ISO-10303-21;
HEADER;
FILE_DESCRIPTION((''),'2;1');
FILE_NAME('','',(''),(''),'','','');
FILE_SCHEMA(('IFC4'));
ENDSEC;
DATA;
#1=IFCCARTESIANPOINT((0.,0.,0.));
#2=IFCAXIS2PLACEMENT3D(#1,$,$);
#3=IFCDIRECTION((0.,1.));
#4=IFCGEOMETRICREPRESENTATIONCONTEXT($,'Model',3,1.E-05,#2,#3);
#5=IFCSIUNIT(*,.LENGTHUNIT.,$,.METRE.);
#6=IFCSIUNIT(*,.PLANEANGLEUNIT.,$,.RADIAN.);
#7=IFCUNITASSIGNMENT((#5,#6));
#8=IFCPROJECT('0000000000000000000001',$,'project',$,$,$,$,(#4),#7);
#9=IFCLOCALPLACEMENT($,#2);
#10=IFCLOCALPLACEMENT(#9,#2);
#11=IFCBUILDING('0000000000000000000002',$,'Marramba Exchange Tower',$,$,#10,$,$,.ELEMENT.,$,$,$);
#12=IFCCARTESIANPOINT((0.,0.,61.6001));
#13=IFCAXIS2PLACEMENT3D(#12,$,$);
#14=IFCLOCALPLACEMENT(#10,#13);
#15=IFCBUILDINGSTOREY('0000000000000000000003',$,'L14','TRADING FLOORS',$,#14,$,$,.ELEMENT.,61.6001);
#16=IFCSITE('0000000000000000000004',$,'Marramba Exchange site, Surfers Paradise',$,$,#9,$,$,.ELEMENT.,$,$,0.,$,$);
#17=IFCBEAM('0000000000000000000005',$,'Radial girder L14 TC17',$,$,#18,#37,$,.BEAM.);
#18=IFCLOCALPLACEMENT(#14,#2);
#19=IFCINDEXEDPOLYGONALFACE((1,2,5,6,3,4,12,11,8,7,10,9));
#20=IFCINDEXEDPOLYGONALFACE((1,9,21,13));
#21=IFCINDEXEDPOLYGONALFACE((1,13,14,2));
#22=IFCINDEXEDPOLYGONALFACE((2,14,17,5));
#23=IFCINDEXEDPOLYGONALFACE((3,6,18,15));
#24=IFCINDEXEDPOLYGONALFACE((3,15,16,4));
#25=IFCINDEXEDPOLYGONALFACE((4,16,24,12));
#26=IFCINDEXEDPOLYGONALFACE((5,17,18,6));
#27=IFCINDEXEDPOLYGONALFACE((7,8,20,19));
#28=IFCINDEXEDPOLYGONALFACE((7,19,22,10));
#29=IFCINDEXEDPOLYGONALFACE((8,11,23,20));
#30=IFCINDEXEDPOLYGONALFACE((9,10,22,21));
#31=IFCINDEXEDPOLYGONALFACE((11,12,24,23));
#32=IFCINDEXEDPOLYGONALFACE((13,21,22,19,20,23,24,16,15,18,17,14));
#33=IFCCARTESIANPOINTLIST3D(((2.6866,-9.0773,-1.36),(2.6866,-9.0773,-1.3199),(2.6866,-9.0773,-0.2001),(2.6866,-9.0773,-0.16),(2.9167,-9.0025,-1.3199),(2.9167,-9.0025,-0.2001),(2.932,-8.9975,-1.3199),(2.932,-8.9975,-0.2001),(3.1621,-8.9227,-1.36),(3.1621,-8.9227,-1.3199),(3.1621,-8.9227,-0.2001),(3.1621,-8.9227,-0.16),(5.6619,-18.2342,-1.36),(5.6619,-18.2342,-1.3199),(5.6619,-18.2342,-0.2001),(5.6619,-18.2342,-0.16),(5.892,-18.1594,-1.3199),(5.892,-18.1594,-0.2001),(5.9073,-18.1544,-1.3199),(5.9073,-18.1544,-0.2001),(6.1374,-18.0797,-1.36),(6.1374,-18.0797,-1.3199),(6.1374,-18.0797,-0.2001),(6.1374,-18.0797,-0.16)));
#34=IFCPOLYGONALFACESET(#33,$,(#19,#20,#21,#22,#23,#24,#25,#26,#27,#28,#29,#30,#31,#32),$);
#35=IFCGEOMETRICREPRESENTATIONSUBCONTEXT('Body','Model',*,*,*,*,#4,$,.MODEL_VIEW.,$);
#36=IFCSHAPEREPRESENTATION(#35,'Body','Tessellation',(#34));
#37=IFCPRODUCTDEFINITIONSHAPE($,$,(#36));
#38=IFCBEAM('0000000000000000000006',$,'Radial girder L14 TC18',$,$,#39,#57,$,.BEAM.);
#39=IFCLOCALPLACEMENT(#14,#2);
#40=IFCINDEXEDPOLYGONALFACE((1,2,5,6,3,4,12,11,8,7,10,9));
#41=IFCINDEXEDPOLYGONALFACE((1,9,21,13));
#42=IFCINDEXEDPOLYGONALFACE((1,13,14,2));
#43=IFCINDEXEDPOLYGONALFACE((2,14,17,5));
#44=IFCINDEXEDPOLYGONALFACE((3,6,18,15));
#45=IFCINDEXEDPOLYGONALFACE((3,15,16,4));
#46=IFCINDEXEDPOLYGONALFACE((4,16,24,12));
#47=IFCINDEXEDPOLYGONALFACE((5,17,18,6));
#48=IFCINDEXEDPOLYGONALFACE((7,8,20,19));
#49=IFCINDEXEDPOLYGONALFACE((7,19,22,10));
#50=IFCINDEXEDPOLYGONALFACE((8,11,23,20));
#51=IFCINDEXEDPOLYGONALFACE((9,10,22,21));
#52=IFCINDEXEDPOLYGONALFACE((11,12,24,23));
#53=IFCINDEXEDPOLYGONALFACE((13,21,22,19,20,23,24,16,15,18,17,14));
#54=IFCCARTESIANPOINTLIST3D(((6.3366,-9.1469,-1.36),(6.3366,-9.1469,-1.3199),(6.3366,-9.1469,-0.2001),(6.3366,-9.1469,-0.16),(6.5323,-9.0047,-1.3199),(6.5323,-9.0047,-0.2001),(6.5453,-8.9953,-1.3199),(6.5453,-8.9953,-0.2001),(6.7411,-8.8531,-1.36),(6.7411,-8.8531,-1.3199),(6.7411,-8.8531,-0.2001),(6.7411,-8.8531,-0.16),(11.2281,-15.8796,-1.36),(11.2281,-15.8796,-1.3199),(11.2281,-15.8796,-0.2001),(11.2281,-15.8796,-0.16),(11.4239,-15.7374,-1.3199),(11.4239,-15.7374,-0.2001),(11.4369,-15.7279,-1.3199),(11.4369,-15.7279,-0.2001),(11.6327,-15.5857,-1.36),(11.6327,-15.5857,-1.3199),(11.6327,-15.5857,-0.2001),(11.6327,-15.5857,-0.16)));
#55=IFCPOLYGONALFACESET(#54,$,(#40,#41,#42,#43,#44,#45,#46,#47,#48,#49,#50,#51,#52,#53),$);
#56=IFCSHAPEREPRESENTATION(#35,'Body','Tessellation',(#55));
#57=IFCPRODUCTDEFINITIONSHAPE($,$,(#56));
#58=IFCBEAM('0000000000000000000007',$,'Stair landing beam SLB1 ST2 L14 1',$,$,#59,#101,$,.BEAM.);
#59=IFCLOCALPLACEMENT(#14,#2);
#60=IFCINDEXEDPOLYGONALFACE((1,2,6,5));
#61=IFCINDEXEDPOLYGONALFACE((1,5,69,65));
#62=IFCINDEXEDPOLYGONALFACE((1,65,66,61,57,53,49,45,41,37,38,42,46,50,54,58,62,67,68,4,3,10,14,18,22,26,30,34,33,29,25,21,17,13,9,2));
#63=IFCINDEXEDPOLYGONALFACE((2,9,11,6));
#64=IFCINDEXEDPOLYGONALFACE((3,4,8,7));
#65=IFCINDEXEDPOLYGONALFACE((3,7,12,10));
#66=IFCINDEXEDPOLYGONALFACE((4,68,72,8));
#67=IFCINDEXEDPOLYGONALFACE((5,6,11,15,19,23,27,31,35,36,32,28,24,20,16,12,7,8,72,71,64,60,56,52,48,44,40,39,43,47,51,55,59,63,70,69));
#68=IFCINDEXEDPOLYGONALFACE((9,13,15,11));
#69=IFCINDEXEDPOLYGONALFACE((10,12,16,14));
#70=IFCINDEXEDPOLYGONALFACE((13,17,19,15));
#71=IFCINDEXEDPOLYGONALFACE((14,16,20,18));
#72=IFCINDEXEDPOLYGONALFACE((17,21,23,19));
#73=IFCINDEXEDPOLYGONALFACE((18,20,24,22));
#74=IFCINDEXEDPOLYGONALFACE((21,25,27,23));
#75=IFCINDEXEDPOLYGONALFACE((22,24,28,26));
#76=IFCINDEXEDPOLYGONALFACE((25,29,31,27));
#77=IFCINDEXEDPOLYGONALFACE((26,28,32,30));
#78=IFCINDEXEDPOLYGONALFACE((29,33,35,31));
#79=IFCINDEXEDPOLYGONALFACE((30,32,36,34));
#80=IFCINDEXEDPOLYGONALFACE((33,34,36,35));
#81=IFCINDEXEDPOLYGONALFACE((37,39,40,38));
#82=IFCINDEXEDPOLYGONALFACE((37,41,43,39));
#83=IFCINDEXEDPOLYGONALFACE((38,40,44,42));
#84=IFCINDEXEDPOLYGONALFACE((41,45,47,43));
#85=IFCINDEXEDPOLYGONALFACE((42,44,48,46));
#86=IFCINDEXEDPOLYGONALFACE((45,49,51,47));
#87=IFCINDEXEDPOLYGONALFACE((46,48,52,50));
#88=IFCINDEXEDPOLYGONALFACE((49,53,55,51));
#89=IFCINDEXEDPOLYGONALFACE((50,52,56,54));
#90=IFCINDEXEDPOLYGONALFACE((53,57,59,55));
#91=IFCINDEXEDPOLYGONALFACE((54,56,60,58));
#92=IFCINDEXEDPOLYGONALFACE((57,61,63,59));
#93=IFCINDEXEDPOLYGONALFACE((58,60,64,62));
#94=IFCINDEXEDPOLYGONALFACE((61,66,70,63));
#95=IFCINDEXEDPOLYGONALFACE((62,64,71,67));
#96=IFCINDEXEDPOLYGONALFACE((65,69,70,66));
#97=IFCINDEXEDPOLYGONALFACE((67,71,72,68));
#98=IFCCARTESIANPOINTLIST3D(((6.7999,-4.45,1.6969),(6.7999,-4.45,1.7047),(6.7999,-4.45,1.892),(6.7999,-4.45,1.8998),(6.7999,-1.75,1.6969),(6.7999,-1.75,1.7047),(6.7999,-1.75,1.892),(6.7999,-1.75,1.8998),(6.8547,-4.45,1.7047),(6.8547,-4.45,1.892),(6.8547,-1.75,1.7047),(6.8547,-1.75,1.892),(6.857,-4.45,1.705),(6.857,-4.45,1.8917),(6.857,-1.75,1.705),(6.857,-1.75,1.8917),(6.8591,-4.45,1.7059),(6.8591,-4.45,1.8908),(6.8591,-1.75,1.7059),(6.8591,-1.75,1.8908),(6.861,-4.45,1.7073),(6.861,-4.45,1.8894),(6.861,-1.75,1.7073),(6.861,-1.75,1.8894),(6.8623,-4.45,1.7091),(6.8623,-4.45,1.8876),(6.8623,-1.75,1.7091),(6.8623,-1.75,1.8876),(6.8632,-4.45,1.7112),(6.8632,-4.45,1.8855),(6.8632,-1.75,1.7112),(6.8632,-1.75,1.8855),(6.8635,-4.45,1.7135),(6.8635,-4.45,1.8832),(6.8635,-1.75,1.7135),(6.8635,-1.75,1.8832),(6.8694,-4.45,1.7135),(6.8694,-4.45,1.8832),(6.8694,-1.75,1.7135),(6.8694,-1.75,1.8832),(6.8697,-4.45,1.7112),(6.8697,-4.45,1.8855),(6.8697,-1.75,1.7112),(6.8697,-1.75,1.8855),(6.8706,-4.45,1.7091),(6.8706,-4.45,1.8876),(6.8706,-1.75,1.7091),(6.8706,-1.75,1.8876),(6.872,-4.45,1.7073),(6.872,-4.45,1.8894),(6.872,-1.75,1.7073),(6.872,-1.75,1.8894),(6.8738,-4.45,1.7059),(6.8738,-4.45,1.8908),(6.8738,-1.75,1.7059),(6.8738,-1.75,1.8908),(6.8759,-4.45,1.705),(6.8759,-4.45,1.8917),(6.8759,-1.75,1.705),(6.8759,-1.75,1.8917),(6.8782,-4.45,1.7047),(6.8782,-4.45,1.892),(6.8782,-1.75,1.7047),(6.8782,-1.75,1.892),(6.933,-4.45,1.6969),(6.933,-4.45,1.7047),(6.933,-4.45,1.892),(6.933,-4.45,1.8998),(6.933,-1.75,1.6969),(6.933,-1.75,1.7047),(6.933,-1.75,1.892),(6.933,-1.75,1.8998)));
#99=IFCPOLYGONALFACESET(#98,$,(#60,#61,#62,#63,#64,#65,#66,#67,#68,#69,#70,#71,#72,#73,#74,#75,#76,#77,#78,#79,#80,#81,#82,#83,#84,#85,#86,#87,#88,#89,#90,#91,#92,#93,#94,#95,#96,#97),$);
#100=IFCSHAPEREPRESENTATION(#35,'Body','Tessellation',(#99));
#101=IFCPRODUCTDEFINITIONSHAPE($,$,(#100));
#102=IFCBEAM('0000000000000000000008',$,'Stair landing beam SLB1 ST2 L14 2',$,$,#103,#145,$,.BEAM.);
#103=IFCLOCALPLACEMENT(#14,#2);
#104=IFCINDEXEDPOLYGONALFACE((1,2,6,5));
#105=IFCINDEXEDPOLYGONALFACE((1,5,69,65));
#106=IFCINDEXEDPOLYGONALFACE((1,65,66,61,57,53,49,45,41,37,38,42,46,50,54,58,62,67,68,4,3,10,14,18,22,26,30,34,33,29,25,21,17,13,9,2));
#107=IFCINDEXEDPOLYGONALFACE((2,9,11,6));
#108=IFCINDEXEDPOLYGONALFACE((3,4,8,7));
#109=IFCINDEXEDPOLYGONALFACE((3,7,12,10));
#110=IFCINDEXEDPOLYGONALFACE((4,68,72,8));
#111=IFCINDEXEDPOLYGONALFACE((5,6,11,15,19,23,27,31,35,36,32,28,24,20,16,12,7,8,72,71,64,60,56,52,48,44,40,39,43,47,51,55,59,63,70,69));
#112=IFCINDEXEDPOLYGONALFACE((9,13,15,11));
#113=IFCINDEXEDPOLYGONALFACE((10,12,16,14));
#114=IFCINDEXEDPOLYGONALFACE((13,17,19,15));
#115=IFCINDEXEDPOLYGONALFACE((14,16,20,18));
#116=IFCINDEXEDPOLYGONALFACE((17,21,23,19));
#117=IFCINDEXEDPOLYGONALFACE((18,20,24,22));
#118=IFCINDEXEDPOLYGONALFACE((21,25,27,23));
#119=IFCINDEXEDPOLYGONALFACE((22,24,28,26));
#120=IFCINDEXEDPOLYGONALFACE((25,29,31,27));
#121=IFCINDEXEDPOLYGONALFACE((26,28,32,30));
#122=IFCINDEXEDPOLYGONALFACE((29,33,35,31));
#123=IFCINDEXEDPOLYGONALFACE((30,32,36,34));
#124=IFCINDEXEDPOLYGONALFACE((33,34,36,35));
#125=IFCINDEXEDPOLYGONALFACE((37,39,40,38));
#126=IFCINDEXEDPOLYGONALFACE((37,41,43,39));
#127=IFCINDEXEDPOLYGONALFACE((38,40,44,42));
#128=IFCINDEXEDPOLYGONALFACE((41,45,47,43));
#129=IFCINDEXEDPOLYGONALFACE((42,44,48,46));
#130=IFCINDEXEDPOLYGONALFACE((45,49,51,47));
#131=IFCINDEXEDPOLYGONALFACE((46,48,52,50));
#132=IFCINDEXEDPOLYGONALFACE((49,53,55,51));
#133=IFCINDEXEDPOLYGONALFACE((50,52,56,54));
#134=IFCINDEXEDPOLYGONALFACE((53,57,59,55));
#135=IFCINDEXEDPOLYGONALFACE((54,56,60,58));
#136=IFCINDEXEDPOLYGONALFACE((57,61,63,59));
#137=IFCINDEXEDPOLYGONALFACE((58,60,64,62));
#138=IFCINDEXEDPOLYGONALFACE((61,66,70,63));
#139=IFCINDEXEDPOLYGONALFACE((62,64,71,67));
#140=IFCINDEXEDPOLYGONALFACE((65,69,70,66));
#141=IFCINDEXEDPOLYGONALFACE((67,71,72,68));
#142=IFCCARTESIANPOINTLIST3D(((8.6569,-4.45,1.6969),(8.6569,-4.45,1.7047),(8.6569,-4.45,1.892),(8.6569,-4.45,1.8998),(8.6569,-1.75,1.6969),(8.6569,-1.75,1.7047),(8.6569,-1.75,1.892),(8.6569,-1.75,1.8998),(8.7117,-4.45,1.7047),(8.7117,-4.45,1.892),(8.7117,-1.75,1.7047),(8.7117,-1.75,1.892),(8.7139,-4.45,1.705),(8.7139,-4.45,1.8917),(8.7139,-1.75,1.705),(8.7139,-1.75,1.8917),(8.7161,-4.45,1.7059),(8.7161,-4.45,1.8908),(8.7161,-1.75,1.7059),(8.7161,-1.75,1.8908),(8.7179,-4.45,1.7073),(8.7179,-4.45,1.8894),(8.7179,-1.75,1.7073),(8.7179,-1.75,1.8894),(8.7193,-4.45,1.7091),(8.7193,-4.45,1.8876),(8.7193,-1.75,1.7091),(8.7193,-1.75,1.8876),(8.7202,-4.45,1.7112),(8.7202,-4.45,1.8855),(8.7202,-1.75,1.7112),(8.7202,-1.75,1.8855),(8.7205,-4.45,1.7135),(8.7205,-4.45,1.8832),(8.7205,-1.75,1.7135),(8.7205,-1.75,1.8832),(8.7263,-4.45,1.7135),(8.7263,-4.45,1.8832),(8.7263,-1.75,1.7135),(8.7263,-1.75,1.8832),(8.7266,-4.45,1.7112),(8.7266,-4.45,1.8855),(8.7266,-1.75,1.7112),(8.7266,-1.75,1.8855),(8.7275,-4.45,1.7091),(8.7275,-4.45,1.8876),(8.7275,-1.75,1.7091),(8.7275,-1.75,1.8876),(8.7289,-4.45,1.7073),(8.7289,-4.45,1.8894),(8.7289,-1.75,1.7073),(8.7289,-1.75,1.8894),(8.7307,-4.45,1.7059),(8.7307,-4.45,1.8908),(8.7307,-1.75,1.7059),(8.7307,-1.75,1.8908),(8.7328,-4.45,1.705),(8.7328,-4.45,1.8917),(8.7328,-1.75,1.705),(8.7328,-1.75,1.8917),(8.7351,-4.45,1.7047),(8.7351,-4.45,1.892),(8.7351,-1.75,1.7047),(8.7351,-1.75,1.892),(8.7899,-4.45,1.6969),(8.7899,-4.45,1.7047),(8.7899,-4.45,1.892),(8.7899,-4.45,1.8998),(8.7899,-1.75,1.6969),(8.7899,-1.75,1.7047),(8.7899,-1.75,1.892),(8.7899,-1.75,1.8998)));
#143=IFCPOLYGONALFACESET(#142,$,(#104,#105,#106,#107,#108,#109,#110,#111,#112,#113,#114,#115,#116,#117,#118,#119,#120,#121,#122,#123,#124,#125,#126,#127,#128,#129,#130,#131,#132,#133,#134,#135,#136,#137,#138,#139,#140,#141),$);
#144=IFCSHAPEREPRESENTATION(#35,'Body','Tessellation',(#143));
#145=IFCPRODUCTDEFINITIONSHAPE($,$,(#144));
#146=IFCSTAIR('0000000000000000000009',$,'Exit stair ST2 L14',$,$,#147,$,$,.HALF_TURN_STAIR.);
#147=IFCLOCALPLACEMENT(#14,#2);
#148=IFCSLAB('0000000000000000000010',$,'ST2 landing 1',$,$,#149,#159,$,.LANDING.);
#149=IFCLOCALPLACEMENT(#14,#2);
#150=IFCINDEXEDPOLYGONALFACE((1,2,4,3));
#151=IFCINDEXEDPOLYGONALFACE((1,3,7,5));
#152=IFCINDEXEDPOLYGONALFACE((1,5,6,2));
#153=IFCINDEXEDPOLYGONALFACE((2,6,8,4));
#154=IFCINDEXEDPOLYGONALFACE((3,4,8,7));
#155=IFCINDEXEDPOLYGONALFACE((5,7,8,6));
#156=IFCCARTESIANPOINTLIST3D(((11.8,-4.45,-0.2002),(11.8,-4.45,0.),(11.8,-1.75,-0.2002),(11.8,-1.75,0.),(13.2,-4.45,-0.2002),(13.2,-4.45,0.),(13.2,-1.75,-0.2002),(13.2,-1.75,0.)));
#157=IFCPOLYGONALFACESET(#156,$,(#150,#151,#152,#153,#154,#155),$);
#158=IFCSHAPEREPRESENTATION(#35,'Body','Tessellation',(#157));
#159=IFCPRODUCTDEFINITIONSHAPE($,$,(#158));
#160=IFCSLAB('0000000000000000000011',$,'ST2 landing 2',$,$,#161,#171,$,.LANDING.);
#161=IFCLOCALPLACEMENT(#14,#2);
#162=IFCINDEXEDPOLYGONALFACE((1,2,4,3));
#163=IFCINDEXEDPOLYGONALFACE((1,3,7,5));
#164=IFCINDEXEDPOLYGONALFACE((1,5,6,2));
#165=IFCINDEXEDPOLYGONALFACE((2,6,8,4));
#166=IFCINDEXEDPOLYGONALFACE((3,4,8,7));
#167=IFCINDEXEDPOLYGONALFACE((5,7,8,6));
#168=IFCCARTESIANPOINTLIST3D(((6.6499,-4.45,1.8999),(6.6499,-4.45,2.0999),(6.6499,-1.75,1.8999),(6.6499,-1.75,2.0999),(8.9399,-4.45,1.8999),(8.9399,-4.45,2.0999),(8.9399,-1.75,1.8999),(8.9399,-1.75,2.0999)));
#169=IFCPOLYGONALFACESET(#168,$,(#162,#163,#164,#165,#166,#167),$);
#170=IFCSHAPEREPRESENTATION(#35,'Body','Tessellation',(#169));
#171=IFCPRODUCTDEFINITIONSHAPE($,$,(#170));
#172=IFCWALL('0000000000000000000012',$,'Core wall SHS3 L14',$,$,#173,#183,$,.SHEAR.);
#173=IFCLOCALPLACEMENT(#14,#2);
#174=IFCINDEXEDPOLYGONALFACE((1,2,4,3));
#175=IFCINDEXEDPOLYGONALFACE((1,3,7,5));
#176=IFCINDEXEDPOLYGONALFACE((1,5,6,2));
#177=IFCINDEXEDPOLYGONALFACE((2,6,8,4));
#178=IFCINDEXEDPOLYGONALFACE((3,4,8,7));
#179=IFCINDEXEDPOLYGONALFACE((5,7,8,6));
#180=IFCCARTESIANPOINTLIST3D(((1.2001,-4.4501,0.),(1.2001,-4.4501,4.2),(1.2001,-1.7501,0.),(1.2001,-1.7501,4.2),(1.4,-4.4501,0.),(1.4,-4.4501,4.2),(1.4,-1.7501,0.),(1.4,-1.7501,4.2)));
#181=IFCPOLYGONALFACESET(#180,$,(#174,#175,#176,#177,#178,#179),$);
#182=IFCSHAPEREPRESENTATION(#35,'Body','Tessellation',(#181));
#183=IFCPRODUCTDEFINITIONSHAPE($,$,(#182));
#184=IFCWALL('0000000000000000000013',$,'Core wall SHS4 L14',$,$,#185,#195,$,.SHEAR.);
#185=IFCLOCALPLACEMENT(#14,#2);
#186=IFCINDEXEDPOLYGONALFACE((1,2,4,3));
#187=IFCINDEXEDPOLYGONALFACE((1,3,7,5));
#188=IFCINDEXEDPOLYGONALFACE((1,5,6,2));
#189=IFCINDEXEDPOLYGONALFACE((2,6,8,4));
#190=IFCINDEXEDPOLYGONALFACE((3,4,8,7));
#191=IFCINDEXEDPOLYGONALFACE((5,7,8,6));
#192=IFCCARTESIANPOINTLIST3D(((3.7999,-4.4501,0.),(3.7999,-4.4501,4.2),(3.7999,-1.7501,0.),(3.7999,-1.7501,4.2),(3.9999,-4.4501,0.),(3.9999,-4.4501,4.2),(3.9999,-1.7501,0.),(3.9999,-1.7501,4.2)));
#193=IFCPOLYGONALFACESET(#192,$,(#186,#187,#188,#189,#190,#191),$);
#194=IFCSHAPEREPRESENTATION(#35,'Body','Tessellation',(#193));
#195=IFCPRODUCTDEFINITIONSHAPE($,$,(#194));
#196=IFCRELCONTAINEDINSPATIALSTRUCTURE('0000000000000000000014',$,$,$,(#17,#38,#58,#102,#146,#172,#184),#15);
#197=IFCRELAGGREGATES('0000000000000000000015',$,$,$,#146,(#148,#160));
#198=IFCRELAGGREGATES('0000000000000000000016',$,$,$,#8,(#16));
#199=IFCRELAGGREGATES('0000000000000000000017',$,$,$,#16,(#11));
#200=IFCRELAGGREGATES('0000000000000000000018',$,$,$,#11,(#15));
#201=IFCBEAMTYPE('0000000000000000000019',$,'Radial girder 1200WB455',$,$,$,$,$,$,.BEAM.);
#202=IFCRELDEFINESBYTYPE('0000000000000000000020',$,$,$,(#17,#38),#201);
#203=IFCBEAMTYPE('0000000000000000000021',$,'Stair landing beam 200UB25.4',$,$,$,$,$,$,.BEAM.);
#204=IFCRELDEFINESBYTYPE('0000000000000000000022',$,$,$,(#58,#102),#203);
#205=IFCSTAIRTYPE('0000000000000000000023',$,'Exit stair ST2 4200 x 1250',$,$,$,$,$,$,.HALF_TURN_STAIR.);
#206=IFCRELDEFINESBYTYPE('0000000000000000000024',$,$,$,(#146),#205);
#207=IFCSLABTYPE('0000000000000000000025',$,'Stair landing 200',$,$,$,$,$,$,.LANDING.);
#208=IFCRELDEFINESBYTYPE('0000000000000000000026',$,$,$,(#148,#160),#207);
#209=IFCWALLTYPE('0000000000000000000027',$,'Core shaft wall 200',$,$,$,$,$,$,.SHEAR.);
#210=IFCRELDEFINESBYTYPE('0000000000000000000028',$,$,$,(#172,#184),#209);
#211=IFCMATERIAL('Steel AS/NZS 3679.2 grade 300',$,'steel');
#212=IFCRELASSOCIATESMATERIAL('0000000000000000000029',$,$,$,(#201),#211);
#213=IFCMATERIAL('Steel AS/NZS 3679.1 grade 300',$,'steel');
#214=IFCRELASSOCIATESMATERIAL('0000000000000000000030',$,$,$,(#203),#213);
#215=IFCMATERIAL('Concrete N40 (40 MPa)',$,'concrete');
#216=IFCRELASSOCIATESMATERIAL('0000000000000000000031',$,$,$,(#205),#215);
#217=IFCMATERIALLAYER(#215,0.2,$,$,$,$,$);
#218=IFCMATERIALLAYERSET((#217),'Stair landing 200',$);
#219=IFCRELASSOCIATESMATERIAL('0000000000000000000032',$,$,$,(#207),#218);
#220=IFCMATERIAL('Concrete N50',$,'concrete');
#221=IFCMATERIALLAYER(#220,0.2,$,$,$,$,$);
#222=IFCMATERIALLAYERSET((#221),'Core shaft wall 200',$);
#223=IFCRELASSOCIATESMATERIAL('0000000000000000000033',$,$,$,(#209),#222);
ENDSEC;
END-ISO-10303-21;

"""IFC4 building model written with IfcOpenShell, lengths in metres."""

from ifc_helpers import new_model, si_unit, direction, frame, frame_2d, origin, origin_2d, place, context, subcontext, project, spatial, polyline, rectangle, i_section, outline, extrude, material, layer, layer_set, material_profile, profile_set, type_object, element, aggregate, save


model = new_model("IFC4")

# Units and contexts
model_context = context("Model", 3, precision=1e-05, world=origin(), true_north=direction((0.0, 1.0)))
body_context = subcontext(model_context, "Body", "Model", "MODEL_VIEW")
ifc_project = project(units=[si_unit("LENGTHUNIT", "METRE"), si_unit("PLANEANGLEUNIT", "RADIAN")], contexts=[model_context])

# Site, building, storey
site_placement = place(None, origin())
site = spatial("IfcSite", under=ifc_project, at=site_placement, Name="Marramba Exchange site, Surfers Paradise", CompositionType="ELEMENT", RefElevation=0.0)
building_placement = place(site_placement, origin())
building = spatial("IfcBuilding", under=site, at=building_placement, Name="Marramba Exchange Tower", CompositionType="ELEMENT")
storey_placement = place(building_placement, frame((0.0, 0.0, 61.6001)))
storey = spatial("IfcBuildingStorey", under=building, at=storey_placement, Name="L14", Description="TRADING FLOORS", CompositionType="ELEMENT", Elevation=61.6001)

# Beams
ifc_material_1 = material(Name="Steel AS/NZS 3679.2 grade 300", Category="steel")
ifc_material_profile_1 = material_profile(ifc_material_1, i_section(OverallWidth=0.5, OverallDepth=1.2, WebThickness=0.0161, FlangeThickness=0.04, at=origin_2d()), Name="1200WB455")
ifc_profile_set_1 = profile_set([ifc_material_profile_1], Name="Steel AS/NZS 3679.2 grade 300")
beam_type_1 = type_object("IfcBeamType", Name="Radial girder 1200WB455", PredefinedType="BEAM", material=ifc_profile_set_1)
beam_1_placement = place(storey_placement, frame((2.9243, -9.0, -0.76), z_axis=(0.309022, -0.951055, 0.0), x_axis=(0.951055, 0.309022, 0.0)))
element("IfcBeam", 1, at=beam_1_placement, inside=storey, type_object=beam_type_1, Name="Radial girder L14 TC17", PredefinedType="BEAM", context=body_context, shape_type="SweptSolid", body=[
    extrude(i_section(OverallWidth=0.5, OverallDepth=1.2, WebThickness=0.0161, FlangeThickness=0.04, at=origin_2d()), origin(), (0.0, 0.0, 1.0), 9.6282),
])
beam_2_placement = place(storey_placement, frame((6.5388, -9.0, -0.76), z_axis=(0.587788, -0.809015, 0.0), x_axis=(0.809015, 0.587788, 0.0)))
element("IfcBeam", 2, at=beam_2_placement, inside=storey, type_object=beam_type_1, Name="Radial girder L14 TC18", PredefinedType="BEAM", context=body_context, shape_type="SweptSolid", body=[
    extrude(i_section(OverallWidth=0.5, OverallDepth=1.2, WebThickness=0.0161, FlangeThickness=0.04, at=origin_2d()), origin(), (0.0, 0.0, 1.0), 8.322),
])
ifc_material_2 = material(Name="Steel AS/NZS 3679.1 grade 300", Category="steel")
ifc_material_profile_2 = material_profile(ifc_material_2, i_section(OverallWidth=0.1331, OverallDepth=0.2029, WebThickness=0.0059, FlangeThickness=0.0078, FilletRadius=0.0088, at=origin_2d()), Name="200UB25.4")
ifc_profile_set_2 = profile_set([ifc_material_profile_2], Name="Steel AS/NZS 3679.1 grade 300")
beam_type_2 = type_object("IfcBeamType", Name="Stair landing beam 200UB25.4", PredefinedType="BEAM", material=ifc_profile_set_2)
for number, where, z_axis, x_axis, name in (
    (3, (6.8665, -4.45, 1.7983), (0.0, 1.0, 0.0), (-1.0, 0.0, 0.0), "Stair landing beam SLB1 ST2 L14 1"),
    (4, (8.7234, -4.45, 1.7983), (0.0, 1.0, 0.0), (-1.0, 0.0, 0.0), "Stair landing beam SLB1 ST2 L14 2"),
):
    element("IfcBeam", number, at=place(storey_placement, frame(where, z_axis=z_axis, x_axis=x_axis)), inside=storey, type_object=beam_type_2, Name=name, PredefinedType="BEAM", context=body_context, shape_type="SweptSolid", body=[
        extrude(i_section(OverallWidth=0.1331, OverallDepth=0.2029, WebThickness=0.0059, FlangeThickness=0.0078, FilletRadius=0.0088, at=origin_2d()), origin(), (0.0, 0.0, 1.0), 2.7),
    ])

# Stair, slabs
ifc_material_3 = material(Name="Concrete N40 (40 MPa)", Category="concrete")
stair_type = type_object("IfcStairType", Name="Exit stair ST2 4200 x 1250", PredefinedType="HALF_TURN_STAIR", material=ifc_material_3)
stair_placement = place(storey_placement, origin())
stair = element("IfcStair", 5, at=stair_placement, inside=storey, type_object=stair_type, Name="Exit stair ST2 L14", PredefinedType="HALF_TURN_STAIR")
ifc_layer_1 = layer(ifc_material_3, 0.2)
ifc_layer_set_1 = layer_set([ifc_layer_1], Name="Stair landing 200")
slab_type = type_object("IfcSlabType", Name="Stair landing 200", PredefinedType="LANDING", material=ifc_layer_set_1)
slab_1_placement = place(storey_placement, frame((0.0, 0.0, -0.2002)))
slab_1 = element("IfcSlab", 6, at=slab_1_placement, type_object=slab_type, Name="ST2 landing 1", PredefinedType="LANDING", context=body_context, shape_type="SweptSolid", body=[
    extrude(outline(polyline([(11.8, -4.45), (13.2, -4.45), (13.2, -1.75), (11.8, -1.75), (11.8, -4.45)])), origin(), (0.0, 0.0, 1.0), 0.2002),
])
slab_2_placement = place(storey_placement, frame((0.0, 0.0, 1.8999)))
slab_2 = element("IfcSlab", 7, at=slab_2_placement, type_object=slab_type, Name="ST2 landing 2", PredefinedType="LANDING", context=body_context, shape_type="SweptSolid", body=[
    extrude(outline(polyline([(6.6499, -4.45), (8.9399, -4.45), (8.9399, -1.75), (6.6499, -1.75), (6.6499, -4.45)])), origin(), (0.0, 0.0, 1.0), 0.2),
])

# Walls
ifc_material_4 = material(Name="Concrete N50", Category="concrete")
ifc_layer_2 = layer(ifc_material_4, 0.2)
ifc_layer_set_2 = layer_set([ifc_layer_2], Name="Core shaft wall 200")
wall_type_1 = type_object("IfcWallType", Name="Core shaft wall 200", PredefinedType="SHEAR", material=ifc_layer_set_2)
for number, where, z_axis, x_axis, name in (
    (8, (1.3, -1.75, 0.0), (0.0, 0.0, 1.0), (0.0, -1.0, 0.0), "Core wall SHS3 L14"),
    (9, (3.8999, -1.75, 0.0), (0.0, 0.0, 1.0), (0.0, -1.0, 0.0), "Core wall SHS4 L14"),
):
    element("IfcWall", number, at=place(storey_placement, frame(where, z_axis=z_axis, x_axis=x_axis)), inside=storey, type_object=wall_type_1, Name=name, PredefinedType="SHEAR", context=body_context, shape_type="SweptSolid", body=[
        extrude(rectangle(XDim=2.7, YDim=0.2, at=frame_2d((1.3501, 0.0))), origin(), (0.0, 0.0, 1.0), 4.2),
    ])

aggregate(stair, [slab_1, slab_2])

save(model, "model.ifc")
